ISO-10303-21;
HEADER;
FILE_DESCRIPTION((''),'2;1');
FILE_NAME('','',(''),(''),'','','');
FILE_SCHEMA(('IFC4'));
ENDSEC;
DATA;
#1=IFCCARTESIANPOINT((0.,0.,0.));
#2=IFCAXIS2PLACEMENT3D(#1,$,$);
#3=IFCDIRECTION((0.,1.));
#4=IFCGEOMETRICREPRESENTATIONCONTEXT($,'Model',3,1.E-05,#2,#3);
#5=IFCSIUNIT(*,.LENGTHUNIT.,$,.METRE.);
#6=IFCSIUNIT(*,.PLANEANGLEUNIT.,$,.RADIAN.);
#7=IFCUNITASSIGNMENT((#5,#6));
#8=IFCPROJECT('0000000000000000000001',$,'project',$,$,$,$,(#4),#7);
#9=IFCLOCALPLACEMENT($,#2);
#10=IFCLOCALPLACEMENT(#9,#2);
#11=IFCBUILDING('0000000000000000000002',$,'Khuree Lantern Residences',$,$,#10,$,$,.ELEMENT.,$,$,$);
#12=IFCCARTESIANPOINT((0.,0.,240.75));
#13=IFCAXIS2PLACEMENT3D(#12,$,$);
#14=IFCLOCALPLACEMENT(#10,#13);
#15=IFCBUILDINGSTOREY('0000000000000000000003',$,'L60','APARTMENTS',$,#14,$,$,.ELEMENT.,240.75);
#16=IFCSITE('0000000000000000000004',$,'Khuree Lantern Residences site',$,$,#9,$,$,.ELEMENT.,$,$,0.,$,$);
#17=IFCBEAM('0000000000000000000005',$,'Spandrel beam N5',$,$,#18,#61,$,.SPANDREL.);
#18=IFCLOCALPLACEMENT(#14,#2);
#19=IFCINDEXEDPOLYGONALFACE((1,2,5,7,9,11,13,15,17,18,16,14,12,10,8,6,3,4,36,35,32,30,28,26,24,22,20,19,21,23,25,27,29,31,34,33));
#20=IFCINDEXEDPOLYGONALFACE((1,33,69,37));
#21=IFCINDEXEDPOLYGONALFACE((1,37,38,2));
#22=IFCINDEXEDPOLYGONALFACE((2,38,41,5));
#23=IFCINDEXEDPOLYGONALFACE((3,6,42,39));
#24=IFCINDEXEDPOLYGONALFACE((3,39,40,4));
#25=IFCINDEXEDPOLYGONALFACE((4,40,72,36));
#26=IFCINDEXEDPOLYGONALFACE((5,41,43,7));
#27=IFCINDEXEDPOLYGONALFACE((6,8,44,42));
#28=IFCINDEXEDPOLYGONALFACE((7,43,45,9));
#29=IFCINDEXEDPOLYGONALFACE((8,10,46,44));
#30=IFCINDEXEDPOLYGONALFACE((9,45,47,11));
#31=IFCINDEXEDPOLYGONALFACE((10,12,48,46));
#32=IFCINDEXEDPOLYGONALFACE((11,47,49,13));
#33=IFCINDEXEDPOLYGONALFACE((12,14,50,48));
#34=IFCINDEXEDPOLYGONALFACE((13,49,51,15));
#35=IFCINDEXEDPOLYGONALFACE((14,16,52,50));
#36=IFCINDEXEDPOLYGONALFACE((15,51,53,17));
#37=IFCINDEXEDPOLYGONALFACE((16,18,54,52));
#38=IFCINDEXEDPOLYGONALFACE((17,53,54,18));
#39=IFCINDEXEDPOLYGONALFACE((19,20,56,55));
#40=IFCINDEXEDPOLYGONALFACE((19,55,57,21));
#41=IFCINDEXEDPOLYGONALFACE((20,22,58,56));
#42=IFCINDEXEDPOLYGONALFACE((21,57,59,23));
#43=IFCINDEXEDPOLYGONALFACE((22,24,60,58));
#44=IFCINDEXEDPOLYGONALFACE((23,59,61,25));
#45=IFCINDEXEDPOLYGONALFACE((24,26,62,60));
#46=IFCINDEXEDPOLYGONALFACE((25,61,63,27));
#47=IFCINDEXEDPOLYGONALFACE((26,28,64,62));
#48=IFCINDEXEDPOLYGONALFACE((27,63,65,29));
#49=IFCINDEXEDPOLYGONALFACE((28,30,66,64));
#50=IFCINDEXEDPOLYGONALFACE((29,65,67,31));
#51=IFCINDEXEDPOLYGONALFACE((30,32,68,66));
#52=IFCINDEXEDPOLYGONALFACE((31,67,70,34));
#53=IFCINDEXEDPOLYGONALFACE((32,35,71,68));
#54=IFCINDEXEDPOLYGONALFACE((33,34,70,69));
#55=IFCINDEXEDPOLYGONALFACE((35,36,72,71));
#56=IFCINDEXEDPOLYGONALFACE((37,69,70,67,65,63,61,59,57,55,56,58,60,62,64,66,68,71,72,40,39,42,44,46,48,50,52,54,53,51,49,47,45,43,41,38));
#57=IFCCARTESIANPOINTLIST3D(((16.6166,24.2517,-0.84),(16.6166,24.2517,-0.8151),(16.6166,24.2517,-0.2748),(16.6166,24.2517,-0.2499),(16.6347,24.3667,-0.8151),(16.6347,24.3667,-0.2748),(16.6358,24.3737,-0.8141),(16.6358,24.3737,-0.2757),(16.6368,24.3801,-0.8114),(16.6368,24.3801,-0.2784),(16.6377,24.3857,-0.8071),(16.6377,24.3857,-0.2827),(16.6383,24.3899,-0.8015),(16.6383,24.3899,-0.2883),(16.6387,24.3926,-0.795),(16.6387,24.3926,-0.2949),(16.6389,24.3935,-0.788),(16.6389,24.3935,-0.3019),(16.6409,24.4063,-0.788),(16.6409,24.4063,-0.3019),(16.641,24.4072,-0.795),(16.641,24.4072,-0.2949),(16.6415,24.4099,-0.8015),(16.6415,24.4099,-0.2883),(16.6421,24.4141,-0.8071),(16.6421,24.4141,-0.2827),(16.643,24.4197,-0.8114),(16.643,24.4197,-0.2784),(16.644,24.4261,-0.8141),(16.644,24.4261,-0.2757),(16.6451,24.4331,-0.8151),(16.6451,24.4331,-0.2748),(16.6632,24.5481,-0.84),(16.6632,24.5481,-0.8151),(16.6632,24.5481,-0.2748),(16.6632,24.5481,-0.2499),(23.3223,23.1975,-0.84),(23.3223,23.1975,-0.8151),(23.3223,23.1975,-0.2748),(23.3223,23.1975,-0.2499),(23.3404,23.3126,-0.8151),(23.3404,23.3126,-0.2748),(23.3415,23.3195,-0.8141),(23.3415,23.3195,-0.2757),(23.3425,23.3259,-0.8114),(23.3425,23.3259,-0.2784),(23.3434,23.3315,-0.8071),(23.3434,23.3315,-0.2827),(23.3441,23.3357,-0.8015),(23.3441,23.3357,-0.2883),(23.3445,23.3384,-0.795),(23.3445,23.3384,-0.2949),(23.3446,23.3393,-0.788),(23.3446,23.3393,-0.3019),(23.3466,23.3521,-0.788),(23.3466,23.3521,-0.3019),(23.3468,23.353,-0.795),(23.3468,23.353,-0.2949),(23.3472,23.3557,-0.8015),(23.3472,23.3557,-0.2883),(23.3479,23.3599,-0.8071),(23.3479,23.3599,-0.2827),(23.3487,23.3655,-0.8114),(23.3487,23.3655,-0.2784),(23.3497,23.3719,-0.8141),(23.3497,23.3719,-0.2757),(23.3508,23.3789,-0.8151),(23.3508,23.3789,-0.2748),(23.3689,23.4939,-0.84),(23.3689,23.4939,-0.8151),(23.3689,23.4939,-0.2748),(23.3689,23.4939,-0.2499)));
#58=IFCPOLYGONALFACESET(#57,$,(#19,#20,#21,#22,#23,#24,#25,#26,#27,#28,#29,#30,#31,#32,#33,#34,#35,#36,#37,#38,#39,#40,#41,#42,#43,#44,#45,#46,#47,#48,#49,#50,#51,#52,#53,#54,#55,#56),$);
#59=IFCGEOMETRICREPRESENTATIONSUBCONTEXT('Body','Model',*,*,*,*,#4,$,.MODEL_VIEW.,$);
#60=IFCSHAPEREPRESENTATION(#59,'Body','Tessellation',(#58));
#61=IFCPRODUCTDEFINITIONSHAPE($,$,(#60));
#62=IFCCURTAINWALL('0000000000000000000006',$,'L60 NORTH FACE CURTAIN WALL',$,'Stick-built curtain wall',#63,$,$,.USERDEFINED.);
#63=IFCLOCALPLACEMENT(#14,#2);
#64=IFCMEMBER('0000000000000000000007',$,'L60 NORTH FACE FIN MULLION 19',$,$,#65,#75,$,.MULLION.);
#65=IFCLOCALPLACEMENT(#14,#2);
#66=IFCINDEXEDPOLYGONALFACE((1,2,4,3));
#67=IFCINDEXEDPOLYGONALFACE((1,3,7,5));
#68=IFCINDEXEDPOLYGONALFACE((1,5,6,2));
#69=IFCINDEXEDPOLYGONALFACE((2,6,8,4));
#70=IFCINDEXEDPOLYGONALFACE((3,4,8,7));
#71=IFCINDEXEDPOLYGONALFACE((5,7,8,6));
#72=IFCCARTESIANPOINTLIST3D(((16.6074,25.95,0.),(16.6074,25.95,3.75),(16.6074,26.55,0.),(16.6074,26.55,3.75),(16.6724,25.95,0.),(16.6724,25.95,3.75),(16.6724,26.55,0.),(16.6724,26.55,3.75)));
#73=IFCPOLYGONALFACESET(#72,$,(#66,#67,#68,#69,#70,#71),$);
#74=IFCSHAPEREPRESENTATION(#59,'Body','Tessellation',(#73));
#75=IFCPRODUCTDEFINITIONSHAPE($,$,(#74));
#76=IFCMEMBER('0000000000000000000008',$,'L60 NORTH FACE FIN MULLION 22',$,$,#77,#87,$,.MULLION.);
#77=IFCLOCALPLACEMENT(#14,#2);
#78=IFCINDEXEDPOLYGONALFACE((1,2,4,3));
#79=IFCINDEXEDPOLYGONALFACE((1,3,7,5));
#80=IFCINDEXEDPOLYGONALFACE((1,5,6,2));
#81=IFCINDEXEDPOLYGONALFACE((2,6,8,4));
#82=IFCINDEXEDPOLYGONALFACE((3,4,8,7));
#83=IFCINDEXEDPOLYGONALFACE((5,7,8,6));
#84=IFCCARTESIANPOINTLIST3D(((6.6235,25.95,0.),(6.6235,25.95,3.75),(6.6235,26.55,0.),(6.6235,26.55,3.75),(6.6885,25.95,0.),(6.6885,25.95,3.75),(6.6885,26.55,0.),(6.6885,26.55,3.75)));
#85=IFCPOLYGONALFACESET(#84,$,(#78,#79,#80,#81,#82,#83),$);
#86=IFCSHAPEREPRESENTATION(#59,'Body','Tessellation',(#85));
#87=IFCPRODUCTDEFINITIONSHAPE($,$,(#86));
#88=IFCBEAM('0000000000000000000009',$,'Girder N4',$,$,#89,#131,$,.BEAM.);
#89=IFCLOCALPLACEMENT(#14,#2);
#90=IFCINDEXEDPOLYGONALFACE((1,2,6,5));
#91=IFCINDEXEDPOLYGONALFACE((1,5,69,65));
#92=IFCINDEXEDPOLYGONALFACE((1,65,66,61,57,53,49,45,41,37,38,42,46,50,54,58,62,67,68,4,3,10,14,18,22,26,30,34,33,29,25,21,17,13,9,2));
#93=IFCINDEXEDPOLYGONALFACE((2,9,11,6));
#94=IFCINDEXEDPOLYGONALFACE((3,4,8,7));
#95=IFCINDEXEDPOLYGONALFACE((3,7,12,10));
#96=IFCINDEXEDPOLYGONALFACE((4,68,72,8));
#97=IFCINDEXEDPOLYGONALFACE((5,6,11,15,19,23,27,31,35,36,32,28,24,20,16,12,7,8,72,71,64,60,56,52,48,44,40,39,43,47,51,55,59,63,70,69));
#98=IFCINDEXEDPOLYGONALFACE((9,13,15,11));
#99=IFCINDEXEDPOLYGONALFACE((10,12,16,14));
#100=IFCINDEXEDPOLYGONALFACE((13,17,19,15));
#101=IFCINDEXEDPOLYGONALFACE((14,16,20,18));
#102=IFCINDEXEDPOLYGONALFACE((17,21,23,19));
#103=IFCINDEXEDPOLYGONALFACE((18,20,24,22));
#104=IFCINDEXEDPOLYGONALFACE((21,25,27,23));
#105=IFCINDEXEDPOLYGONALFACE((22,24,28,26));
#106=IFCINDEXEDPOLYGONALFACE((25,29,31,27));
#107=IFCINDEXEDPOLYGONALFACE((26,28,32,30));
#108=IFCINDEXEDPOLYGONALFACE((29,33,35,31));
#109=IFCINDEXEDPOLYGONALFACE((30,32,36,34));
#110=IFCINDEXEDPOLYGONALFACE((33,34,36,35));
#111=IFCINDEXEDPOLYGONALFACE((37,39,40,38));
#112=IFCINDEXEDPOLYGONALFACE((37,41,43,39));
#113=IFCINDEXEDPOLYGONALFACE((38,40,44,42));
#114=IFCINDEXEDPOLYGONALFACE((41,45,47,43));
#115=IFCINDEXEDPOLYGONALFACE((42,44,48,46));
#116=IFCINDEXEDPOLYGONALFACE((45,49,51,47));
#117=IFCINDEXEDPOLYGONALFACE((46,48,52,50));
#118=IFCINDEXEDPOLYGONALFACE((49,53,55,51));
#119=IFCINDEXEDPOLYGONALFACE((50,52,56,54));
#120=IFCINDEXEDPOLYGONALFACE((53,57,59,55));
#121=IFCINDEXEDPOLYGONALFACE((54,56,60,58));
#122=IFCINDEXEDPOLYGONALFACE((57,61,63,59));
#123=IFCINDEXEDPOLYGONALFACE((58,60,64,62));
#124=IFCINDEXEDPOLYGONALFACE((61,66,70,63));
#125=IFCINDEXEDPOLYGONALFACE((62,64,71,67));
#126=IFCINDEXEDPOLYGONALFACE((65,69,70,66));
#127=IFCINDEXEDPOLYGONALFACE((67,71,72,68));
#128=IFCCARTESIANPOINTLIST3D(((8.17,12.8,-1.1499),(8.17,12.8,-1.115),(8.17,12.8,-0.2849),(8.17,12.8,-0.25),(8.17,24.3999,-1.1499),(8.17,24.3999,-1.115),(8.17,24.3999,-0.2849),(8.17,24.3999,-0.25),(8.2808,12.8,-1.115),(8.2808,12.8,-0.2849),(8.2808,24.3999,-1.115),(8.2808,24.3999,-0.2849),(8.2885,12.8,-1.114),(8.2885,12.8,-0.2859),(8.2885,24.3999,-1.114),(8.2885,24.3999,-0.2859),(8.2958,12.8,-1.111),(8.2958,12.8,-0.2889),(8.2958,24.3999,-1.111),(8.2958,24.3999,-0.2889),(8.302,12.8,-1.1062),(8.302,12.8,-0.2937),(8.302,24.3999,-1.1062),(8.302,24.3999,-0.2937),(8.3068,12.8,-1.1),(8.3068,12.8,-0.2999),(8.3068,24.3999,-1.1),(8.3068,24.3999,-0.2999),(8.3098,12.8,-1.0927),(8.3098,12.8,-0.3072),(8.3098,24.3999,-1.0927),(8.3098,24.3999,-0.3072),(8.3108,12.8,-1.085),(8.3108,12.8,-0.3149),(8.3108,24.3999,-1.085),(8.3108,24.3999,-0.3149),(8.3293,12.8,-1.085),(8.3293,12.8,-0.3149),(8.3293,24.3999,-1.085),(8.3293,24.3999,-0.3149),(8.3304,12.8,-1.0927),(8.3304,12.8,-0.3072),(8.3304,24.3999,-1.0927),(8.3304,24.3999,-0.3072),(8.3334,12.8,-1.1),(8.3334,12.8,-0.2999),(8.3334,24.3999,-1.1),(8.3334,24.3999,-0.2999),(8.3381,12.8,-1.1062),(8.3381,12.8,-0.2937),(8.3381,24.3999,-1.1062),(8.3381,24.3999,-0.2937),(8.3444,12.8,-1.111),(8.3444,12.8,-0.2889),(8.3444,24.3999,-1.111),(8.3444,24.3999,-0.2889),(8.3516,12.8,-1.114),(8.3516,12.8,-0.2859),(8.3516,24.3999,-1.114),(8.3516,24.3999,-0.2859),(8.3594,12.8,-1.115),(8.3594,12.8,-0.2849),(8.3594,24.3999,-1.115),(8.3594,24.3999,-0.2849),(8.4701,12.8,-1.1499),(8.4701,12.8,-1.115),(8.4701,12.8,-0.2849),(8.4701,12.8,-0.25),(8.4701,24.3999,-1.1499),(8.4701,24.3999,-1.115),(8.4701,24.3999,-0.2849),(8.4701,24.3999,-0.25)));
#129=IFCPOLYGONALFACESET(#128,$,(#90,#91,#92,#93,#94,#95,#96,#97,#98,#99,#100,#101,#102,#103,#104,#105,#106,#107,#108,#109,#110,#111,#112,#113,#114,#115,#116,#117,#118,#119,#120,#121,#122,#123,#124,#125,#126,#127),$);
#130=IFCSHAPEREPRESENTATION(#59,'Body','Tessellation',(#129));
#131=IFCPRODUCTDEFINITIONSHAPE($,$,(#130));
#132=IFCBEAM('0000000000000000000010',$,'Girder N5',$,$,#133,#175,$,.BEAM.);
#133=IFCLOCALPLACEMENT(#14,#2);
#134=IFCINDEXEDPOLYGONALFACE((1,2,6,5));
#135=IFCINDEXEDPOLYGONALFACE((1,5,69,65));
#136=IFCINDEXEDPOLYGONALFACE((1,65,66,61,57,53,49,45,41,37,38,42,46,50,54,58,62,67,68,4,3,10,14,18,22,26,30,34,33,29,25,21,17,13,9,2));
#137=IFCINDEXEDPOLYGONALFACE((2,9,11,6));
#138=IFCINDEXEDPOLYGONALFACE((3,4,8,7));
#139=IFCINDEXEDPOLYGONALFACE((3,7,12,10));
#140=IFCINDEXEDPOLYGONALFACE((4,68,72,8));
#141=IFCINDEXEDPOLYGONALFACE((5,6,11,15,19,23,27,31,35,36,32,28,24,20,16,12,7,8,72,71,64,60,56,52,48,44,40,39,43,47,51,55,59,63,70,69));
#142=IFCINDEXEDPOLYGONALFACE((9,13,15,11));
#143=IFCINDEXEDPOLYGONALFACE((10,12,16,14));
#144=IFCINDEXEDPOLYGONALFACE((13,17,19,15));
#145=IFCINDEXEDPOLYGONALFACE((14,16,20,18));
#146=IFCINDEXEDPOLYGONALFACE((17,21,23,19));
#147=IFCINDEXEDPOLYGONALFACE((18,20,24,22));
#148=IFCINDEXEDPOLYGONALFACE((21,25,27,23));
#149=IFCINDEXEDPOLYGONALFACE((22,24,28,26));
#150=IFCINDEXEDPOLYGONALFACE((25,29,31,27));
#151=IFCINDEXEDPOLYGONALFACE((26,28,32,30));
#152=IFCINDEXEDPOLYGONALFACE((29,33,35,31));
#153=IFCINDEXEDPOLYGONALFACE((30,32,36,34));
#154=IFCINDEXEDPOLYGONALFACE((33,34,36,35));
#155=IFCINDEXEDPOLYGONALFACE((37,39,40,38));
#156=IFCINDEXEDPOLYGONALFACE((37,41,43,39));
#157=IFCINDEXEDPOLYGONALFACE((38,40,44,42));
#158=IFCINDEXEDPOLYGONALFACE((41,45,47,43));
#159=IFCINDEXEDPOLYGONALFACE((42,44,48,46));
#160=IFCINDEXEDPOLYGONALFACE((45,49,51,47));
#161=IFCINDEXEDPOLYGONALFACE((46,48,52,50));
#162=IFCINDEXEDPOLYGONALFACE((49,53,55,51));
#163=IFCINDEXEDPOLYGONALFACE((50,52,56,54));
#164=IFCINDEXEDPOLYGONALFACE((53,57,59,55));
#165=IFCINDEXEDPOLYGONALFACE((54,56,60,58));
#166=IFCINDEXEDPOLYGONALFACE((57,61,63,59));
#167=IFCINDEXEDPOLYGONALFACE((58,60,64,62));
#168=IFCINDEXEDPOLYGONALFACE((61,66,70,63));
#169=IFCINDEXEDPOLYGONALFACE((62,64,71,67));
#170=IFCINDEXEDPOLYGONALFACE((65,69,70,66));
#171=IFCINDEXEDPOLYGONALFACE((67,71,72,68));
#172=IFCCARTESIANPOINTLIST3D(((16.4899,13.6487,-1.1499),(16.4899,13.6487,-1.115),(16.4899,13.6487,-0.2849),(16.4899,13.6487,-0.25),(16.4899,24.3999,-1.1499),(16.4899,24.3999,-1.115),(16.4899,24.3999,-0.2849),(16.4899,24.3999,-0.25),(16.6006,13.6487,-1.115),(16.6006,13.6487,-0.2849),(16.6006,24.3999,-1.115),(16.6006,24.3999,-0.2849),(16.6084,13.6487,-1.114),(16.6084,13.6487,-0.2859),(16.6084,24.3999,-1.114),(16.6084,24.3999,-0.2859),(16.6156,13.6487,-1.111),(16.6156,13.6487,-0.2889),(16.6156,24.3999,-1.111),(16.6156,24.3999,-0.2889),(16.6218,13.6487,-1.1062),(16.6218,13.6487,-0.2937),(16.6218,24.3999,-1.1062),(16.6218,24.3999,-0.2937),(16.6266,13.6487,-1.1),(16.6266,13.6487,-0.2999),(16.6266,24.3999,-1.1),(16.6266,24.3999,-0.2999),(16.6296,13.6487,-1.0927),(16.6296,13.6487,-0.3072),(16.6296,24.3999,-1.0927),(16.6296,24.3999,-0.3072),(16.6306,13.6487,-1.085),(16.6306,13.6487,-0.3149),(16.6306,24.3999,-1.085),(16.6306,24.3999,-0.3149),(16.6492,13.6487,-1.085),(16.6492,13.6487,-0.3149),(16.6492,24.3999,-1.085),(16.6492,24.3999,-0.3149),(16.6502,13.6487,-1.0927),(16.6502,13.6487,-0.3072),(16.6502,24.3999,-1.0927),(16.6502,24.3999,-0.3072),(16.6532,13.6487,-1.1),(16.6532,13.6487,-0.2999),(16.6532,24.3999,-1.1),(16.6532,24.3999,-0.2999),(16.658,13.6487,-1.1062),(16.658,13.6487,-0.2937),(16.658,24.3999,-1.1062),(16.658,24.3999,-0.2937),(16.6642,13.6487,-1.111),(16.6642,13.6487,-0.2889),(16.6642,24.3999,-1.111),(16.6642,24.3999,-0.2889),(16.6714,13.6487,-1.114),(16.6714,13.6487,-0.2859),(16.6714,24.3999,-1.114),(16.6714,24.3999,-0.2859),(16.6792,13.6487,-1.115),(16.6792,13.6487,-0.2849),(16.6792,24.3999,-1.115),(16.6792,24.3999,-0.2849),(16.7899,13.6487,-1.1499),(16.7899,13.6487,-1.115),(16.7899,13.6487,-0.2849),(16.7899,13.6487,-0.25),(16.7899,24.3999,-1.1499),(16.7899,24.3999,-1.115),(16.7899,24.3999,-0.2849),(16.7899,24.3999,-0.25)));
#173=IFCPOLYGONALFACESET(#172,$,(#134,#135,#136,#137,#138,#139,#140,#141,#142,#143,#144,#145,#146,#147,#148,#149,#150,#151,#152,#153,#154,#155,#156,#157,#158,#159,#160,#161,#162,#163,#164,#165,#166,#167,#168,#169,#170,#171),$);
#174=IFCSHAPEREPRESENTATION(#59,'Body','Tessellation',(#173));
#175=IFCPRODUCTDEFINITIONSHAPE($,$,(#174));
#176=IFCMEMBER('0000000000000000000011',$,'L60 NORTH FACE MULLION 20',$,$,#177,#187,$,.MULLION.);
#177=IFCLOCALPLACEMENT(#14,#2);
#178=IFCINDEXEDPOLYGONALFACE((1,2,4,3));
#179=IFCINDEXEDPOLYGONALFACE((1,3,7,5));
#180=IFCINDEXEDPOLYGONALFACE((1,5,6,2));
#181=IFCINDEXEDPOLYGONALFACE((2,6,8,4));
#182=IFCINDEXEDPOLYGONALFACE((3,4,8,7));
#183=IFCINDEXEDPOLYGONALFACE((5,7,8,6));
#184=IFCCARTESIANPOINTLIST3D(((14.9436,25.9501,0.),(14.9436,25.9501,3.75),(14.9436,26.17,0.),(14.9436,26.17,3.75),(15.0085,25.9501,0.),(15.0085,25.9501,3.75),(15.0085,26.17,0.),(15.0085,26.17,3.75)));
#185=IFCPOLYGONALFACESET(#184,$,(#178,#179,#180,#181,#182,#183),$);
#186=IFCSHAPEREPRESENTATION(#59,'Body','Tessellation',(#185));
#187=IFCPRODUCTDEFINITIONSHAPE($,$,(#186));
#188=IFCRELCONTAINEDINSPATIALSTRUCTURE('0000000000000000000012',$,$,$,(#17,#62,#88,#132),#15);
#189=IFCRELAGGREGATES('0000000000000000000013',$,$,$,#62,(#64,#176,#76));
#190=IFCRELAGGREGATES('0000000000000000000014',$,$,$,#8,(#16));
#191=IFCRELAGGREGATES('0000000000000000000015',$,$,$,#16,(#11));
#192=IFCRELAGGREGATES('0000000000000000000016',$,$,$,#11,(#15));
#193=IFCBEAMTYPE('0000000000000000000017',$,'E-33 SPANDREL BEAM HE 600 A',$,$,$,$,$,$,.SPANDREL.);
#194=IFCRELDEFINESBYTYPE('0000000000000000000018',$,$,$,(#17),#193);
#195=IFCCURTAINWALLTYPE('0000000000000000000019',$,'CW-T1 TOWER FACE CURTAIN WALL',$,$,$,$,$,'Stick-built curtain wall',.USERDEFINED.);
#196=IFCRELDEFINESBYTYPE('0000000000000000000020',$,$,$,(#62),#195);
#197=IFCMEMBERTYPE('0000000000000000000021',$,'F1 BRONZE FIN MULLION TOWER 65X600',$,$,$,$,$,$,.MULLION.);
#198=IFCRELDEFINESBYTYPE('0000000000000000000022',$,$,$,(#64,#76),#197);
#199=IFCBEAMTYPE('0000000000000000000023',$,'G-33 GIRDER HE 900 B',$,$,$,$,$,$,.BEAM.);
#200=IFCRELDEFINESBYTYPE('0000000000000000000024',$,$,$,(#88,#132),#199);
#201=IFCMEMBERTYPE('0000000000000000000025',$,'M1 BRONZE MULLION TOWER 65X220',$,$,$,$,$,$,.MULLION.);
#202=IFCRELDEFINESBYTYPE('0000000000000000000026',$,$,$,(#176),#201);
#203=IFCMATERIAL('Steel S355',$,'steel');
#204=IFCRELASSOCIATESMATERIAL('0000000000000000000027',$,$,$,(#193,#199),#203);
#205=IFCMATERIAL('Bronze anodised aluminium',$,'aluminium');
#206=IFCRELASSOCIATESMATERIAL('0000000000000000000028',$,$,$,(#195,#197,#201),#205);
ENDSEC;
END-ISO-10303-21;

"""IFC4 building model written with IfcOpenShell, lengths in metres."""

from ifc_helpers import new_model, si_unit, direction, frame, origin, origin_2d, place, context, subcontext, project, spatial, rectangle, i_section, extrude, material, material_profile, profile_set, type_object, element, aggregate, save


model = new_model("IFC4")

# Units and contexts
model_context = context("Model", 3, precision=1e-05, world=origin(), true_north=direction((0.0, 1.0)))
body_context = subcontext(model_context, "Body", "Model", "MODEL_VIEW")
ifc_project = project(units=[si_unit("LENGTHUNIT", "METRE"), si_unit("PLANEANGLEUNIT", "RADIAN")], contexts=[model_context])

# Site, building, storey
site_placement = place(None, origin())
site = spatial("IfcSite", under=ifc_project, at=site_placement, Name="Khuree Lantern Residences site", CompositionType="ELEMENT", RefElevation=0.0)
building_placement = place(site_placement, origin())
building = spatial("IfcBuilding", under=site, at=building_placement, Name="Khuree Lantern Residences", CompositionType="ELEMENT")
storey_placement = place(building_placement, frame((0.0, 0.0, 240.75)))
storey = spatial("IfcBuildingStorey", under=building, at=storey_placement, Name="L60", Description="APARTMENTS", CompositionType="ELEMENT", Elevation=240.75)

# Beam
ifc_material_1 = material(Name="Steel S355", Category="steel")
ifc_material_profile_1 = material_profile(ifc_material_1, i_section(OverallWidth=0.3, OverallDepth=0.5901, WebThickness=0.0129, FlangeThickness=0.0249, FilletRadius=0.0271, at=origin_2d()), Name="HE 600 A")
ifc_profile_set_1 = profile_set([ifc_material_profile_1], Name="Steel S355")
beam_type_1 = type_object("IfcBeamType", Name="E-33 SPANDREL BEAM HE 600 A", PredefinedType="SPANDREL", material=ifc_profile_set_1)
beam_1_placement = place(storey_placement, frame((16.6399, 24.3999, -0.5449), z_axis=(0.987867, -0.1553, 0.0), x_axis=(0.1553, 0.987867, 0.0)))
element("IfcBeam", 1, at=beam_1_placement, inside=storey, type_object=beam_type_1, Name="Spandrel beam N5", PredefinedType="SPANDREL", context=body_context, shape_type="SweptSolid", body=[
    extrude(i_section(OverallWidth=0.3, OverallDepth=0.5901, WebThickness=0.0129, FlangeThickness=0.0249, FilletRadius=0.0271, at=origin_2d()), origin(), (0.0, 0.0, 1.0), 6.7881),
])

# Curtain wall, members
ifc_material_2 = material(Name="Bronze anodised aluminium", Category="aluminium")
curtain_wall_type = type_object("IfcCurtainWallType", Name="CW-T1 TOWER FACE CURTAIN WALL", ElementType="Stick-built curtain wall", PredefinedType="USERDEFINED", material=ifc_material_2)
curtain_wall_placement = place(storey_placement, origin())
curtain_wall = element("IfcCurtainWall", 2, at=curtain_wall_placement, inside=storey, type_object=curtain_wall_type, Name="L60 NORTH FACE CURTAIN WALL", ObjectType="Stick-built curtain wall", PredefinedType="USERDEFINED")
ifc_material_profile_2 = material_profile(ifc_material_2, rectangle(XDim=0.0649, YDim=0.6001, at=origin_2d()), Name="F1 65X600")
ifc_profile_set_2 = profile_set([ifc_material_profile_2], Name="Bronze anodised aluminium")
member_type_1 = type_object("IfcMemberType", Name="F1 BRONZE FIN MULLION TOWER 65X600", PredefinedType="MULLION", material=ifc_profile_set_2)
member_1_placement = place(storey_placement, frame((16.6399, 26.25, 0.0), z_axis=(0.0, 0.0, 1.0), x_axis=(-1.0, 0.0, 0.0)))
member_1 = element("IfcMember", 3, at=member_1_placement, type_object=member_type_1, Name="L60 NORTH FACE FIN MULLION 19", PredefinedType="MULLION", context=body_context, shape_type="SweptSolid", body=[
    extrude(rectangle(XDim=0.0649, YDim=0.6001, at=origin_2d()), origin(), (0.0, 0.0, 1.0), 3.75),
])
member_2_placement = place(storey_placement, frame((6.656, 26.25, 0.0), z_axis=(0.0, 0.0, 1.0), x_axis=(-1.0, 0.0, 0.0)))
member_2 = element("IfcMember", 4, at=member_2_placement, type_object=member_type_1, Name="L60 NORTH FACE FIN MULLION 22", PredefinedType="MULLION", context=body_context, shape_type="SweptSolid", body=[
    extrude(rectangle(XDim=0.0649, YDim=0.6001, at=origin_2d()), origin(), (0.0, 0.0, 1.0), 3.75),
])

# Beams
ifc_material_profile_3 = material_profile(ifc_material_1, i_section(OverallWidth=0.3, OverallDepth=0.8999, WebThickness=0.0186, FlangeThickness=0.0349, FilletRadius=0.03, at=origin_2d()), Name="HE 900 B")
ifc_profile_set_3 = profile_set([ifc_material_profile_3], Name="Steel S355")
beam_type_2 = type_object("IfcBeamType", Name="G-33 GIRDER HE 900 B", PredefinedType="BEAM", material=ifc_profile_set_3)
beam_2_placement = place(storey_placement, frame((8.3201, 24.3999, -0.7), z_axis=(0.0, -1.0, 0.0), x_axis=(1.0, 0.0, 0.0)))
element("IfcBeam", 5, at=beam_2_placement, inside=storey, type_object=beam_type_2, Name="Girder N4", PredefinedType="BEAM", context=body_context, shape_type="SweptSolid", body=[
    extrude(i_section(OverallWidth=0.3, OverallDepth=0.8999, WebThickness=0.0186, FlangeThickness=0.0349, FilletRadius=0.03, at=origin_2d()), origin(), (0.0, 0.0, 1.0), 11.5999),
])
beam_3_placement = place(storey_placement, frame((16.6399, 24.3999, -0.7), z_axis=(0.0, -1.0, 0.0), x_axis=(1.0, 0.0, 0.0)))
element("IfcBeam", 6, at=beam_3_placement, inside=storey, type_object=beam_type_2, Name="Girder N5", PredefinedType="BEAM", context=body_context, shape_type="SweptSolid", body=[
    extrude(i_section(OverallWidth=0.3, OverallDepth=0.8999, WebThickness=0.0186, FlangeThickness=0.0349, FilletRadius=0.03, at=origin_2d()), origin(), (0.0, 0.0, 1.0), 10.7512),
])

# Member
ifc_material_profile_4 = material_profile(ifc_material_2, rectangle(XDim=0.0649, YDim=0.22, at=origin_2d()), Name="M1 65X220")
ifc_profile_set_4 = profile_set([ifc_material_profile_4], Name="Bronze anodised aluminium")
member_type_2 = type_object("IfcMemberType", Name="M1 BRONZE MULLION TOWER 65X220", PredefinedType="MULLION", material=ifc_profile_set_4)
member_3_placement = place(storey_placement, frame((14.9761, 26.0601, 0.0), z_axis=(0.0, 0.0, 1.0), x_axis=(-1.0, 0.0, 0.0)))
member_3 = element("IfcMember", 7, at=member_3_placement, type_object=member_type_2, Name="L60 NORTH FACE MULLION 20", PredefinedType="MULLION", context=body_context, shape_type="SweptSolid", body=[
    extrude(rectangle(XDim=0.0649, YDim=0.22, at=origin_2d()), origin(), (0.0, 0.0, 1.0), 3.75),
])

aggregate(curtain_wall, [member_1, member_3, member_2])

save(model, "model.ifc")
